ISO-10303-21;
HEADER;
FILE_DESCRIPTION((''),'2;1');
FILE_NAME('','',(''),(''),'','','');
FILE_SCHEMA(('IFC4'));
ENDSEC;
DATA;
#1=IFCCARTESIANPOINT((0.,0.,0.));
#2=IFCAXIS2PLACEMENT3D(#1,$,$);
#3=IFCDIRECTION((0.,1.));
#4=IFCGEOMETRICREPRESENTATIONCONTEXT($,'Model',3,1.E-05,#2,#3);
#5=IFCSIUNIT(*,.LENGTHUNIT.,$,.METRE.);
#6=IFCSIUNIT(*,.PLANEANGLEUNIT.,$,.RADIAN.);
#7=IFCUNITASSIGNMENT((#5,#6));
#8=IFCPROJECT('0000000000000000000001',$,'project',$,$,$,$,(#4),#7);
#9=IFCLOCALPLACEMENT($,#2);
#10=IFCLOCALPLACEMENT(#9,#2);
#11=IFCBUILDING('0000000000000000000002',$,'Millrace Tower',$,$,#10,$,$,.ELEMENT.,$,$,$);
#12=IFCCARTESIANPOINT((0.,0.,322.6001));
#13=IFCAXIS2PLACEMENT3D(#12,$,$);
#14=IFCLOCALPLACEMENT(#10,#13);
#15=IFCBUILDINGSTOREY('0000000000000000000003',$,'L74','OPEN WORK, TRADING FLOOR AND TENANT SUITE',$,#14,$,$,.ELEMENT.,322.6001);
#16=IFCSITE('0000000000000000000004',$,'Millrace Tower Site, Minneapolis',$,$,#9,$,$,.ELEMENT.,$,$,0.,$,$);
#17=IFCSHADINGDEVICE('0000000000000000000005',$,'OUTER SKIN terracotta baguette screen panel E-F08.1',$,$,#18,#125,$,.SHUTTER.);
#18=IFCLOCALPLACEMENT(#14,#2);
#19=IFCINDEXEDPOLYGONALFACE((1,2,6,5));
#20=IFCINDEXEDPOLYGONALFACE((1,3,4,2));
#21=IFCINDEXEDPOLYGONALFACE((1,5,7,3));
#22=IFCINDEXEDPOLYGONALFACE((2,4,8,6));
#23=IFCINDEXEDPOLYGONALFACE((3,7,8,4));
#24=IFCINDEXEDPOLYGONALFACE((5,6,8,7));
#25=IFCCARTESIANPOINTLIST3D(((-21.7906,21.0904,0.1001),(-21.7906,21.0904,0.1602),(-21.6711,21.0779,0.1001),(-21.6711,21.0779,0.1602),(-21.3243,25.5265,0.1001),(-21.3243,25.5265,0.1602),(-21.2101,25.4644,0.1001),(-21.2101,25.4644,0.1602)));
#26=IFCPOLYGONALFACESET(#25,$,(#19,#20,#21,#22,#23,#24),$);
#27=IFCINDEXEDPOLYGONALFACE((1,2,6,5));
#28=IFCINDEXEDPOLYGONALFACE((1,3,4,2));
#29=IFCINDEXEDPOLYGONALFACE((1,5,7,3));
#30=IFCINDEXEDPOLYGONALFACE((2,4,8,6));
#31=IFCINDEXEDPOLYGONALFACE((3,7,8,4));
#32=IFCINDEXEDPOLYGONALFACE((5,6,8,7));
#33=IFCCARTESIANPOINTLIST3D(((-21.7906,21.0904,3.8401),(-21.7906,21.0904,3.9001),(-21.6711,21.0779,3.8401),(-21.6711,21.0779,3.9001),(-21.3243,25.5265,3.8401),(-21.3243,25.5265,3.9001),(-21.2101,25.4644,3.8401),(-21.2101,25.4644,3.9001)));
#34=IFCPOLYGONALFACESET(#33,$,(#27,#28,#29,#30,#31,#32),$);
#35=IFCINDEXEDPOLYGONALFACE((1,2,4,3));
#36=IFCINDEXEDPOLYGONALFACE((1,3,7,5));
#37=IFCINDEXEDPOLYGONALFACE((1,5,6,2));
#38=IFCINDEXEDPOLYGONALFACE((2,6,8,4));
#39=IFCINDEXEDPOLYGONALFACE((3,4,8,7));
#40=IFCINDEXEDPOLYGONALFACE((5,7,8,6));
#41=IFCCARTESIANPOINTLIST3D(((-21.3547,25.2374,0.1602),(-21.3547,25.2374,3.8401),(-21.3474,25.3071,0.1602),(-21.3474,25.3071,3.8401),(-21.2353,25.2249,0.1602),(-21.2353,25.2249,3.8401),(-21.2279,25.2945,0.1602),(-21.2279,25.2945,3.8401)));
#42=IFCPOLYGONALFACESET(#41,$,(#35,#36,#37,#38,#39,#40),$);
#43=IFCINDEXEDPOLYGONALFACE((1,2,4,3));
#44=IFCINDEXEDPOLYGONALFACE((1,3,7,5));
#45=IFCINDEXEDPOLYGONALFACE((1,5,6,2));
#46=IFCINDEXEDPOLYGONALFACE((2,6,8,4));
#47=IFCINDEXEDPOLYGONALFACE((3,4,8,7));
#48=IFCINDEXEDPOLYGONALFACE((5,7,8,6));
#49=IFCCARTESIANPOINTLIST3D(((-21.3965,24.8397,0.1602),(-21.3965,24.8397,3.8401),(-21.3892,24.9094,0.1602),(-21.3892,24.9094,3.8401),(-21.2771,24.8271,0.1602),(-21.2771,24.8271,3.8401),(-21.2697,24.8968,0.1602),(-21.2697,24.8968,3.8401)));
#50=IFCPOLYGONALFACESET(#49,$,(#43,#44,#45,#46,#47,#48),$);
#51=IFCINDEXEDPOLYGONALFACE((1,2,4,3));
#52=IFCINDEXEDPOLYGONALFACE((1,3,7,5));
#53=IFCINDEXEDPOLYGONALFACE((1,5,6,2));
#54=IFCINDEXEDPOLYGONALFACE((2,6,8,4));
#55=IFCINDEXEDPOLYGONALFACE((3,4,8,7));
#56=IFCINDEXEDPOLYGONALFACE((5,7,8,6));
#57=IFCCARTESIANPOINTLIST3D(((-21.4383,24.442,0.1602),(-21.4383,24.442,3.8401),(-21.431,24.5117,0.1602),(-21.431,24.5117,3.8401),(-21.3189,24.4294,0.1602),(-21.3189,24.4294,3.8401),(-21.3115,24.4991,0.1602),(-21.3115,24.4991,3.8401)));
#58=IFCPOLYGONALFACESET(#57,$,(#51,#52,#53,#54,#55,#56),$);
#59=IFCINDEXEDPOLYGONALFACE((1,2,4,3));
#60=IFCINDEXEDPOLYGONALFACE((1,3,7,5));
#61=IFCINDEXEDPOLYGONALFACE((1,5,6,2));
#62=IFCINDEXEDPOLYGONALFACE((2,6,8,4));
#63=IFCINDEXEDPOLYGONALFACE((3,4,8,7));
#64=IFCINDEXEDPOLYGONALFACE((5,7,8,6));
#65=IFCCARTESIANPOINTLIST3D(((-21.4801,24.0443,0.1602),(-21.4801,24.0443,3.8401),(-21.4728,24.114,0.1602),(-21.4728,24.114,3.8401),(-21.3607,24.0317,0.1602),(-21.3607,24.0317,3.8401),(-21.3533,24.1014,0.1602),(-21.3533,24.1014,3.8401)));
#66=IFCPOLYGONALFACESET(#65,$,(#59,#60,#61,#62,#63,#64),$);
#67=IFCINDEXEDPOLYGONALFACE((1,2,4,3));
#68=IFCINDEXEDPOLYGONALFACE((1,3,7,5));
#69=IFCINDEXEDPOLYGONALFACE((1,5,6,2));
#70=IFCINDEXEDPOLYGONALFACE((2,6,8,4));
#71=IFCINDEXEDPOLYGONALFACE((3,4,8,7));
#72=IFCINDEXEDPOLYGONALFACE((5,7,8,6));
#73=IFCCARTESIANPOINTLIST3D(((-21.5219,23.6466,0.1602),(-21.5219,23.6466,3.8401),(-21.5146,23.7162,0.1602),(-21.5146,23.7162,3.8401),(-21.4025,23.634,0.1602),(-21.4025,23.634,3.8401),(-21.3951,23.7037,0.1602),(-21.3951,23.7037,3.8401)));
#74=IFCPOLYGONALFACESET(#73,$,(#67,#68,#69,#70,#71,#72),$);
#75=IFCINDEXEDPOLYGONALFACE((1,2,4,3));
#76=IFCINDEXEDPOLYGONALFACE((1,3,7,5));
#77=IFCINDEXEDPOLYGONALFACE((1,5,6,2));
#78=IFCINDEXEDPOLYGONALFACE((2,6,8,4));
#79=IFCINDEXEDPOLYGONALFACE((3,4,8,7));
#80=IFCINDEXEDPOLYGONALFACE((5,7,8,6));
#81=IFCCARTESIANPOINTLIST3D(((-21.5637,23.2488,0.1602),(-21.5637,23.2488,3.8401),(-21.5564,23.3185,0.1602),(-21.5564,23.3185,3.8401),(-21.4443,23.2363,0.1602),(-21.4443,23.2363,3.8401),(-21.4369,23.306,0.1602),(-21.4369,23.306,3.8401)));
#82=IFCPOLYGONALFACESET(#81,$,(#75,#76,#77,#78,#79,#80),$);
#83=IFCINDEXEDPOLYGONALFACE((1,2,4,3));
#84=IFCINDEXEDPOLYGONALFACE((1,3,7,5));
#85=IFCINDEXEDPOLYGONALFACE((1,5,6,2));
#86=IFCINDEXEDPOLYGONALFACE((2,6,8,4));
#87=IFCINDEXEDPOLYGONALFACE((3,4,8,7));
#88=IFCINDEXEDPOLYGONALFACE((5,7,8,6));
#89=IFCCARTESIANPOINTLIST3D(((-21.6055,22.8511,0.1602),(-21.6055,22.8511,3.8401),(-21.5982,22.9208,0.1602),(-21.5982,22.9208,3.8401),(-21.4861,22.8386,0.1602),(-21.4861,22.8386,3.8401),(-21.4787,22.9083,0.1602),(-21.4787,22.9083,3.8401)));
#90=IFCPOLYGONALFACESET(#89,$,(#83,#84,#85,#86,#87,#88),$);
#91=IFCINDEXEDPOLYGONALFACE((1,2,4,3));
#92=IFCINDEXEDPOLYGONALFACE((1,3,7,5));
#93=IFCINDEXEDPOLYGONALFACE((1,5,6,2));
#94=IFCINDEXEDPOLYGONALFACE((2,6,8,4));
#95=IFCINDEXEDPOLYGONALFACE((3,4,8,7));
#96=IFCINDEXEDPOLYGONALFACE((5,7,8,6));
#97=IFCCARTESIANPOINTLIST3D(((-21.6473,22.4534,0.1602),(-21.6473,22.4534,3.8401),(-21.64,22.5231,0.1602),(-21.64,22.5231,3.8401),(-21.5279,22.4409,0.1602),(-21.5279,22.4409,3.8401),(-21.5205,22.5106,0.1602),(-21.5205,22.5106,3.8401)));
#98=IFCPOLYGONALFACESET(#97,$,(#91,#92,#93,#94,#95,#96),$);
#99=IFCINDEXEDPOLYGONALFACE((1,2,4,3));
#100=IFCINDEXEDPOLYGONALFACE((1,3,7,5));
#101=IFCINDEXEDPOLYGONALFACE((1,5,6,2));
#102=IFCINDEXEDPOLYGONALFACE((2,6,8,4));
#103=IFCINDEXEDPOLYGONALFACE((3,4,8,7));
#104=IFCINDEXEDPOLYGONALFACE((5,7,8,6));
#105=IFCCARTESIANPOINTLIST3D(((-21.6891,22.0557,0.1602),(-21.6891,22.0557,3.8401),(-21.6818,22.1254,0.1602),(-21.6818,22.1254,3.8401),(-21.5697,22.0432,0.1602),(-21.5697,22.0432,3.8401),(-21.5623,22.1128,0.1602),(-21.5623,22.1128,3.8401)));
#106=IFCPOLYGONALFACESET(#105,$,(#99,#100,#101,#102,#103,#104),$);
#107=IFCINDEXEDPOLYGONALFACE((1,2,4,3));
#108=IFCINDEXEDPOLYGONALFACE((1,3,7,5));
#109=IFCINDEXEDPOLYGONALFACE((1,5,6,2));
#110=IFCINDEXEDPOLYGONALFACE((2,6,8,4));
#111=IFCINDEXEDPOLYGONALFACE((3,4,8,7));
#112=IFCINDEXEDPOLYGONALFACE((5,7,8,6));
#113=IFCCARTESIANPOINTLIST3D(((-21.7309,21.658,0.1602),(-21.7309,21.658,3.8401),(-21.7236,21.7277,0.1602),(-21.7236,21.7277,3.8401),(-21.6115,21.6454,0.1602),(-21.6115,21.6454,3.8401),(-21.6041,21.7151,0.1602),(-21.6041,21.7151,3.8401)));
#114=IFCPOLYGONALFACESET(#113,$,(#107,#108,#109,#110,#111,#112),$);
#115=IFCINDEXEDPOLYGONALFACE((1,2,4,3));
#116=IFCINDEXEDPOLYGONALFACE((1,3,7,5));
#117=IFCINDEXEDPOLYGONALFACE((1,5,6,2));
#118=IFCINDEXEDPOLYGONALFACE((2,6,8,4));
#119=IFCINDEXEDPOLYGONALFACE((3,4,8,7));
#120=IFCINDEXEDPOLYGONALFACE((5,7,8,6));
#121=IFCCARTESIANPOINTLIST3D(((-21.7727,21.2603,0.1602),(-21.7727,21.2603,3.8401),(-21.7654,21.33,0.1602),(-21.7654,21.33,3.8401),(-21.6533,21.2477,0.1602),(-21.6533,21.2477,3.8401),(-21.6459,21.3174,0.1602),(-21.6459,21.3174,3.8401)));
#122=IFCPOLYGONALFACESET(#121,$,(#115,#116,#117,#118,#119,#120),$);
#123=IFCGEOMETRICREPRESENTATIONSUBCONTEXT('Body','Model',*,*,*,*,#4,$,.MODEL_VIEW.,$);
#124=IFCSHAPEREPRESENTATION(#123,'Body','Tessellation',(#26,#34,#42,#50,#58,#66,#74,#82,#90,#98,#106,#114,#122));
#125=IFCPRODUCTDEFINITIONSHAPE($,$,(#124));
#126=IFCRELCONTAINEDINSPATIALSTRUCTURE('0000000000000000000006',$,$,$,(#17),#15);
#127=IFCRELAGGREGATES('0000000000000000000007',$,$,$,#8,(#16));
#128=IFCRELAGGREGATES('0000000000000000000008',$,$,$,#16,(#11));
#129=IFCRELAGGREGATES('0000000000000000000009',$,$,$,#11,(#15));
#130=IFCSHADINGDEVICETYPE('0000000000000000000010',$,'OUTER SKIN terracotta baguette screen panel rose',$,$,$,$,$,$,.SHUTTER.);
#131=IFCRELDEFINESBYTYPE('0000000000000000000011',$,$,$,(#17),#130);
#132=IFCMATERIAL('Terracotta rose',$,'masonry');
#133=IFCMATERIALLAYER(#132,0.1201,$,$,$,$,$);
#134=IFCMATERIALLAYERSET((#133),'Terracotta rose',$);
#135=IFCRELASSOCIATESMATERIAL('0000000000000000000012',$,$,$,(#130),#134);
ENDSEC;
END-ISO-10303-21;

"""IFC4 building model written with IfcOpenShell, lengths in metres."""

from ifc_helpers import new_model, entity, si_unit, direction, frame, frame_2d, origin, place, context, subcontext, project, spatial, rectangle, extrude, source, transform, mapped, material, layer, layer_set, type_object, element, save


model = new_model("IFC4")

# Units and contexts
model_context = context("Model", 3, precision=1e-05, world=origin(), true_north=direction((0.0, 1.0)))
body_context = subcontext(model_context, "Body", "Model", "MODEL_VIEW")
ifc_project = project(units=[si_unit("LENGTHUNIT", "METRE"), si_unit("PLANEANGLEUNIT", "RADIAN")], contexts=[model_context])

# Site, building, storey
site_placement = place(None, origin())
site = spatial("IfcSite", under=ifc_project, at=site_placement, Name="Millrace Tower Site, Minneapolis", CompositionType="ELEMENT", RefElevation=0.0)
building_placement = place(site_placement, origin())
building = spatial("IfcBuilding", under=site, at=building_placement, Name="Millrace Tower", CompositionType="ELEMENT")
storey_placement = place(building_placement, frame((0.0, 0.0, 322.6001)))
storey = spatial("IfcBuildingStorey", under=building, at=storey_placement, Name="L74", Description="OPEN WORK, TRADING FLOOR AND TENANT SUITE", CompositionType="ELEMENT", Elevation=322.6001)

# Shading device
ifc_material_1 = material(Name="Terracotta rose", Category="masonry")
ifc_layer_1 = layer(ifc_material_1, 0.1201)
ifc_layer_set_1 = layer_set([ifc_layer_1], Name="Terracotta rose")
shading_device_type = type_object("IfcShadingDeviceType", Name="OUTER SKIN terracotta baguette screen panel rose", PredefinedType="SHUTTER", material=ifc_layer_set_1)
cartesian_point_1 = entity("IfcCartesianPoint", [-2.1929, 0.0601])
shared_polyline_1 = entity("IfcPolyline", [cartesian_point_1, entity("IfcCartesianPoint", [2.2178, 0.0601]), entity("IfcCartesianPoint", [2.2178, -0.0601]), entity("IfcCartesianPoint", [-2.2427, -0.0601]), cartesian_point_1])
shared_shape_1 = source(origin(), body_context, "Body", "SweptSolid", [
    entity("IfcExtrudedAreaSolid", entity("IfcArbitraryClosedProfileDef", "AREA", None, shared_polyline_1), entity("IfcAxis2Placement3D", entity("IfcCartesianPoint", [0.0, 0.0, 0.0])), entity("IfcDirection", [0.0, 0.0, 1.0]), 0.0601),
    entity("IfcExtrudedAreaSolid", entity("IfcArbitraryClosedProfileDef", "AREA", None, shared_polyline_1), entity("IfcAxis2Placement3D", entity("IfcCartesianPoint", [0.0, 0.0, 3.74])), entity("IfcDirection", [0.0, 0.0, 1.0]), 0.0601),
    extrude(rectangle(XDim=0.0701, YDim=0.1201, at=frame_2d((-1.9871, 0.0))), frame((0.0, 0.0, 0.0601)), (0.0, 0.0, 1.0), 3.6799),
    extrude(rectangle(XDim=0.0701, YDim=0.1201, at=frame_2d((-1.5872, 0.0))), frame((0.0, 0.0, 0.0601)), (0.0, 0.0, 1.0), 3.6799),
    extrude(rectangle(XDim=0.0701, YDim=0.1201, at=frame_2d((-1.1873, 0.0))), frame((0.0, 0.0, 0.0601)), (0.0, 0.0, 1.0), 3.6799),
    extrude(rectangle(XDim=0.0701, YDim=0.1201, at=frame_2d((-0.7874, 0.0))), frame((0.0, 0.0, 0.0601)), (0.0, 0.0, 1.0), 3.6799),
    extrude(rectangle(XDim=0.0701, YDim=0.1201, at=frame_2d((-0.3875, 0.0))), frame((0.0, 0.0, 0.0601)), (0.0, 0.0, 1.0), 3.6799),
    extrude(rectangle(XDim=0.0701, YDim=0.1201, at=frame_2d((0.0125, 0.0))), frame((0.0, 0.0, 0.0601)), (0.0, 0.0, 1.0), 3.6799),
    extrude(rectangle(XDim=0.0701, YDim=0.1201, at=frame_2d((0.4124, 0.0))), frame((0.0, 0.0, 0.0601)), (0.0, 0.0, 1.0), 3.6799),
    extrude(rectangle(XDim=0.0701, YDim=0.1201, at=frame_2d((0.8123, 0.0))), frame((0.0, 0.0, 0.0601)), (0.0, 0.0, 1.0), 3.6799),
    extrude(rectangle(XDim=0.0701, YDim=0.1201, at=frame_2d((1.2122, 0.0))), frame((0.0, 0.0, 0.0601)), (0.0, 0.0, 1.0), 3.6799),
    extrude(rectangle(XDim=0.0701, YDim=0.1201, at=frame_2d((1.6121, 0.0))), frame((0.0, 0.0, 0.0601)), (0.0, 0.0, 1.0), 3.6799),
    extrude(rectangle(XDim=0.0701, YDim=0.1201, at=frame_2d((2.012, 0.0))), frame((0.0, 0.0, 0.0601)), (0.0, 0.0, 1.0), 3.6799),
])
shading_device_1_placement = place(storey_placement, frame((-21.499, 23.2898, 0.1001), z_axis=(0.0, 0.0, 1.0), x_axis=(-0.104528, -0.994522, 0.0)))
element("IfcShadingDevice", 1, at=shading_device_1_placement, inside=storey, type_object=shading_device_type, Name="OUTER SKIN terracotta baguette screen panel E-F08.1", PredefinedType="SHUTTER", context=body_context, shape_type="MappedRepresentation", body=[
    mapped(shared_shape_1, transform((0.0, 0.0, 0.0), scale=1.0)),
])

save(model, "model.ifc")
